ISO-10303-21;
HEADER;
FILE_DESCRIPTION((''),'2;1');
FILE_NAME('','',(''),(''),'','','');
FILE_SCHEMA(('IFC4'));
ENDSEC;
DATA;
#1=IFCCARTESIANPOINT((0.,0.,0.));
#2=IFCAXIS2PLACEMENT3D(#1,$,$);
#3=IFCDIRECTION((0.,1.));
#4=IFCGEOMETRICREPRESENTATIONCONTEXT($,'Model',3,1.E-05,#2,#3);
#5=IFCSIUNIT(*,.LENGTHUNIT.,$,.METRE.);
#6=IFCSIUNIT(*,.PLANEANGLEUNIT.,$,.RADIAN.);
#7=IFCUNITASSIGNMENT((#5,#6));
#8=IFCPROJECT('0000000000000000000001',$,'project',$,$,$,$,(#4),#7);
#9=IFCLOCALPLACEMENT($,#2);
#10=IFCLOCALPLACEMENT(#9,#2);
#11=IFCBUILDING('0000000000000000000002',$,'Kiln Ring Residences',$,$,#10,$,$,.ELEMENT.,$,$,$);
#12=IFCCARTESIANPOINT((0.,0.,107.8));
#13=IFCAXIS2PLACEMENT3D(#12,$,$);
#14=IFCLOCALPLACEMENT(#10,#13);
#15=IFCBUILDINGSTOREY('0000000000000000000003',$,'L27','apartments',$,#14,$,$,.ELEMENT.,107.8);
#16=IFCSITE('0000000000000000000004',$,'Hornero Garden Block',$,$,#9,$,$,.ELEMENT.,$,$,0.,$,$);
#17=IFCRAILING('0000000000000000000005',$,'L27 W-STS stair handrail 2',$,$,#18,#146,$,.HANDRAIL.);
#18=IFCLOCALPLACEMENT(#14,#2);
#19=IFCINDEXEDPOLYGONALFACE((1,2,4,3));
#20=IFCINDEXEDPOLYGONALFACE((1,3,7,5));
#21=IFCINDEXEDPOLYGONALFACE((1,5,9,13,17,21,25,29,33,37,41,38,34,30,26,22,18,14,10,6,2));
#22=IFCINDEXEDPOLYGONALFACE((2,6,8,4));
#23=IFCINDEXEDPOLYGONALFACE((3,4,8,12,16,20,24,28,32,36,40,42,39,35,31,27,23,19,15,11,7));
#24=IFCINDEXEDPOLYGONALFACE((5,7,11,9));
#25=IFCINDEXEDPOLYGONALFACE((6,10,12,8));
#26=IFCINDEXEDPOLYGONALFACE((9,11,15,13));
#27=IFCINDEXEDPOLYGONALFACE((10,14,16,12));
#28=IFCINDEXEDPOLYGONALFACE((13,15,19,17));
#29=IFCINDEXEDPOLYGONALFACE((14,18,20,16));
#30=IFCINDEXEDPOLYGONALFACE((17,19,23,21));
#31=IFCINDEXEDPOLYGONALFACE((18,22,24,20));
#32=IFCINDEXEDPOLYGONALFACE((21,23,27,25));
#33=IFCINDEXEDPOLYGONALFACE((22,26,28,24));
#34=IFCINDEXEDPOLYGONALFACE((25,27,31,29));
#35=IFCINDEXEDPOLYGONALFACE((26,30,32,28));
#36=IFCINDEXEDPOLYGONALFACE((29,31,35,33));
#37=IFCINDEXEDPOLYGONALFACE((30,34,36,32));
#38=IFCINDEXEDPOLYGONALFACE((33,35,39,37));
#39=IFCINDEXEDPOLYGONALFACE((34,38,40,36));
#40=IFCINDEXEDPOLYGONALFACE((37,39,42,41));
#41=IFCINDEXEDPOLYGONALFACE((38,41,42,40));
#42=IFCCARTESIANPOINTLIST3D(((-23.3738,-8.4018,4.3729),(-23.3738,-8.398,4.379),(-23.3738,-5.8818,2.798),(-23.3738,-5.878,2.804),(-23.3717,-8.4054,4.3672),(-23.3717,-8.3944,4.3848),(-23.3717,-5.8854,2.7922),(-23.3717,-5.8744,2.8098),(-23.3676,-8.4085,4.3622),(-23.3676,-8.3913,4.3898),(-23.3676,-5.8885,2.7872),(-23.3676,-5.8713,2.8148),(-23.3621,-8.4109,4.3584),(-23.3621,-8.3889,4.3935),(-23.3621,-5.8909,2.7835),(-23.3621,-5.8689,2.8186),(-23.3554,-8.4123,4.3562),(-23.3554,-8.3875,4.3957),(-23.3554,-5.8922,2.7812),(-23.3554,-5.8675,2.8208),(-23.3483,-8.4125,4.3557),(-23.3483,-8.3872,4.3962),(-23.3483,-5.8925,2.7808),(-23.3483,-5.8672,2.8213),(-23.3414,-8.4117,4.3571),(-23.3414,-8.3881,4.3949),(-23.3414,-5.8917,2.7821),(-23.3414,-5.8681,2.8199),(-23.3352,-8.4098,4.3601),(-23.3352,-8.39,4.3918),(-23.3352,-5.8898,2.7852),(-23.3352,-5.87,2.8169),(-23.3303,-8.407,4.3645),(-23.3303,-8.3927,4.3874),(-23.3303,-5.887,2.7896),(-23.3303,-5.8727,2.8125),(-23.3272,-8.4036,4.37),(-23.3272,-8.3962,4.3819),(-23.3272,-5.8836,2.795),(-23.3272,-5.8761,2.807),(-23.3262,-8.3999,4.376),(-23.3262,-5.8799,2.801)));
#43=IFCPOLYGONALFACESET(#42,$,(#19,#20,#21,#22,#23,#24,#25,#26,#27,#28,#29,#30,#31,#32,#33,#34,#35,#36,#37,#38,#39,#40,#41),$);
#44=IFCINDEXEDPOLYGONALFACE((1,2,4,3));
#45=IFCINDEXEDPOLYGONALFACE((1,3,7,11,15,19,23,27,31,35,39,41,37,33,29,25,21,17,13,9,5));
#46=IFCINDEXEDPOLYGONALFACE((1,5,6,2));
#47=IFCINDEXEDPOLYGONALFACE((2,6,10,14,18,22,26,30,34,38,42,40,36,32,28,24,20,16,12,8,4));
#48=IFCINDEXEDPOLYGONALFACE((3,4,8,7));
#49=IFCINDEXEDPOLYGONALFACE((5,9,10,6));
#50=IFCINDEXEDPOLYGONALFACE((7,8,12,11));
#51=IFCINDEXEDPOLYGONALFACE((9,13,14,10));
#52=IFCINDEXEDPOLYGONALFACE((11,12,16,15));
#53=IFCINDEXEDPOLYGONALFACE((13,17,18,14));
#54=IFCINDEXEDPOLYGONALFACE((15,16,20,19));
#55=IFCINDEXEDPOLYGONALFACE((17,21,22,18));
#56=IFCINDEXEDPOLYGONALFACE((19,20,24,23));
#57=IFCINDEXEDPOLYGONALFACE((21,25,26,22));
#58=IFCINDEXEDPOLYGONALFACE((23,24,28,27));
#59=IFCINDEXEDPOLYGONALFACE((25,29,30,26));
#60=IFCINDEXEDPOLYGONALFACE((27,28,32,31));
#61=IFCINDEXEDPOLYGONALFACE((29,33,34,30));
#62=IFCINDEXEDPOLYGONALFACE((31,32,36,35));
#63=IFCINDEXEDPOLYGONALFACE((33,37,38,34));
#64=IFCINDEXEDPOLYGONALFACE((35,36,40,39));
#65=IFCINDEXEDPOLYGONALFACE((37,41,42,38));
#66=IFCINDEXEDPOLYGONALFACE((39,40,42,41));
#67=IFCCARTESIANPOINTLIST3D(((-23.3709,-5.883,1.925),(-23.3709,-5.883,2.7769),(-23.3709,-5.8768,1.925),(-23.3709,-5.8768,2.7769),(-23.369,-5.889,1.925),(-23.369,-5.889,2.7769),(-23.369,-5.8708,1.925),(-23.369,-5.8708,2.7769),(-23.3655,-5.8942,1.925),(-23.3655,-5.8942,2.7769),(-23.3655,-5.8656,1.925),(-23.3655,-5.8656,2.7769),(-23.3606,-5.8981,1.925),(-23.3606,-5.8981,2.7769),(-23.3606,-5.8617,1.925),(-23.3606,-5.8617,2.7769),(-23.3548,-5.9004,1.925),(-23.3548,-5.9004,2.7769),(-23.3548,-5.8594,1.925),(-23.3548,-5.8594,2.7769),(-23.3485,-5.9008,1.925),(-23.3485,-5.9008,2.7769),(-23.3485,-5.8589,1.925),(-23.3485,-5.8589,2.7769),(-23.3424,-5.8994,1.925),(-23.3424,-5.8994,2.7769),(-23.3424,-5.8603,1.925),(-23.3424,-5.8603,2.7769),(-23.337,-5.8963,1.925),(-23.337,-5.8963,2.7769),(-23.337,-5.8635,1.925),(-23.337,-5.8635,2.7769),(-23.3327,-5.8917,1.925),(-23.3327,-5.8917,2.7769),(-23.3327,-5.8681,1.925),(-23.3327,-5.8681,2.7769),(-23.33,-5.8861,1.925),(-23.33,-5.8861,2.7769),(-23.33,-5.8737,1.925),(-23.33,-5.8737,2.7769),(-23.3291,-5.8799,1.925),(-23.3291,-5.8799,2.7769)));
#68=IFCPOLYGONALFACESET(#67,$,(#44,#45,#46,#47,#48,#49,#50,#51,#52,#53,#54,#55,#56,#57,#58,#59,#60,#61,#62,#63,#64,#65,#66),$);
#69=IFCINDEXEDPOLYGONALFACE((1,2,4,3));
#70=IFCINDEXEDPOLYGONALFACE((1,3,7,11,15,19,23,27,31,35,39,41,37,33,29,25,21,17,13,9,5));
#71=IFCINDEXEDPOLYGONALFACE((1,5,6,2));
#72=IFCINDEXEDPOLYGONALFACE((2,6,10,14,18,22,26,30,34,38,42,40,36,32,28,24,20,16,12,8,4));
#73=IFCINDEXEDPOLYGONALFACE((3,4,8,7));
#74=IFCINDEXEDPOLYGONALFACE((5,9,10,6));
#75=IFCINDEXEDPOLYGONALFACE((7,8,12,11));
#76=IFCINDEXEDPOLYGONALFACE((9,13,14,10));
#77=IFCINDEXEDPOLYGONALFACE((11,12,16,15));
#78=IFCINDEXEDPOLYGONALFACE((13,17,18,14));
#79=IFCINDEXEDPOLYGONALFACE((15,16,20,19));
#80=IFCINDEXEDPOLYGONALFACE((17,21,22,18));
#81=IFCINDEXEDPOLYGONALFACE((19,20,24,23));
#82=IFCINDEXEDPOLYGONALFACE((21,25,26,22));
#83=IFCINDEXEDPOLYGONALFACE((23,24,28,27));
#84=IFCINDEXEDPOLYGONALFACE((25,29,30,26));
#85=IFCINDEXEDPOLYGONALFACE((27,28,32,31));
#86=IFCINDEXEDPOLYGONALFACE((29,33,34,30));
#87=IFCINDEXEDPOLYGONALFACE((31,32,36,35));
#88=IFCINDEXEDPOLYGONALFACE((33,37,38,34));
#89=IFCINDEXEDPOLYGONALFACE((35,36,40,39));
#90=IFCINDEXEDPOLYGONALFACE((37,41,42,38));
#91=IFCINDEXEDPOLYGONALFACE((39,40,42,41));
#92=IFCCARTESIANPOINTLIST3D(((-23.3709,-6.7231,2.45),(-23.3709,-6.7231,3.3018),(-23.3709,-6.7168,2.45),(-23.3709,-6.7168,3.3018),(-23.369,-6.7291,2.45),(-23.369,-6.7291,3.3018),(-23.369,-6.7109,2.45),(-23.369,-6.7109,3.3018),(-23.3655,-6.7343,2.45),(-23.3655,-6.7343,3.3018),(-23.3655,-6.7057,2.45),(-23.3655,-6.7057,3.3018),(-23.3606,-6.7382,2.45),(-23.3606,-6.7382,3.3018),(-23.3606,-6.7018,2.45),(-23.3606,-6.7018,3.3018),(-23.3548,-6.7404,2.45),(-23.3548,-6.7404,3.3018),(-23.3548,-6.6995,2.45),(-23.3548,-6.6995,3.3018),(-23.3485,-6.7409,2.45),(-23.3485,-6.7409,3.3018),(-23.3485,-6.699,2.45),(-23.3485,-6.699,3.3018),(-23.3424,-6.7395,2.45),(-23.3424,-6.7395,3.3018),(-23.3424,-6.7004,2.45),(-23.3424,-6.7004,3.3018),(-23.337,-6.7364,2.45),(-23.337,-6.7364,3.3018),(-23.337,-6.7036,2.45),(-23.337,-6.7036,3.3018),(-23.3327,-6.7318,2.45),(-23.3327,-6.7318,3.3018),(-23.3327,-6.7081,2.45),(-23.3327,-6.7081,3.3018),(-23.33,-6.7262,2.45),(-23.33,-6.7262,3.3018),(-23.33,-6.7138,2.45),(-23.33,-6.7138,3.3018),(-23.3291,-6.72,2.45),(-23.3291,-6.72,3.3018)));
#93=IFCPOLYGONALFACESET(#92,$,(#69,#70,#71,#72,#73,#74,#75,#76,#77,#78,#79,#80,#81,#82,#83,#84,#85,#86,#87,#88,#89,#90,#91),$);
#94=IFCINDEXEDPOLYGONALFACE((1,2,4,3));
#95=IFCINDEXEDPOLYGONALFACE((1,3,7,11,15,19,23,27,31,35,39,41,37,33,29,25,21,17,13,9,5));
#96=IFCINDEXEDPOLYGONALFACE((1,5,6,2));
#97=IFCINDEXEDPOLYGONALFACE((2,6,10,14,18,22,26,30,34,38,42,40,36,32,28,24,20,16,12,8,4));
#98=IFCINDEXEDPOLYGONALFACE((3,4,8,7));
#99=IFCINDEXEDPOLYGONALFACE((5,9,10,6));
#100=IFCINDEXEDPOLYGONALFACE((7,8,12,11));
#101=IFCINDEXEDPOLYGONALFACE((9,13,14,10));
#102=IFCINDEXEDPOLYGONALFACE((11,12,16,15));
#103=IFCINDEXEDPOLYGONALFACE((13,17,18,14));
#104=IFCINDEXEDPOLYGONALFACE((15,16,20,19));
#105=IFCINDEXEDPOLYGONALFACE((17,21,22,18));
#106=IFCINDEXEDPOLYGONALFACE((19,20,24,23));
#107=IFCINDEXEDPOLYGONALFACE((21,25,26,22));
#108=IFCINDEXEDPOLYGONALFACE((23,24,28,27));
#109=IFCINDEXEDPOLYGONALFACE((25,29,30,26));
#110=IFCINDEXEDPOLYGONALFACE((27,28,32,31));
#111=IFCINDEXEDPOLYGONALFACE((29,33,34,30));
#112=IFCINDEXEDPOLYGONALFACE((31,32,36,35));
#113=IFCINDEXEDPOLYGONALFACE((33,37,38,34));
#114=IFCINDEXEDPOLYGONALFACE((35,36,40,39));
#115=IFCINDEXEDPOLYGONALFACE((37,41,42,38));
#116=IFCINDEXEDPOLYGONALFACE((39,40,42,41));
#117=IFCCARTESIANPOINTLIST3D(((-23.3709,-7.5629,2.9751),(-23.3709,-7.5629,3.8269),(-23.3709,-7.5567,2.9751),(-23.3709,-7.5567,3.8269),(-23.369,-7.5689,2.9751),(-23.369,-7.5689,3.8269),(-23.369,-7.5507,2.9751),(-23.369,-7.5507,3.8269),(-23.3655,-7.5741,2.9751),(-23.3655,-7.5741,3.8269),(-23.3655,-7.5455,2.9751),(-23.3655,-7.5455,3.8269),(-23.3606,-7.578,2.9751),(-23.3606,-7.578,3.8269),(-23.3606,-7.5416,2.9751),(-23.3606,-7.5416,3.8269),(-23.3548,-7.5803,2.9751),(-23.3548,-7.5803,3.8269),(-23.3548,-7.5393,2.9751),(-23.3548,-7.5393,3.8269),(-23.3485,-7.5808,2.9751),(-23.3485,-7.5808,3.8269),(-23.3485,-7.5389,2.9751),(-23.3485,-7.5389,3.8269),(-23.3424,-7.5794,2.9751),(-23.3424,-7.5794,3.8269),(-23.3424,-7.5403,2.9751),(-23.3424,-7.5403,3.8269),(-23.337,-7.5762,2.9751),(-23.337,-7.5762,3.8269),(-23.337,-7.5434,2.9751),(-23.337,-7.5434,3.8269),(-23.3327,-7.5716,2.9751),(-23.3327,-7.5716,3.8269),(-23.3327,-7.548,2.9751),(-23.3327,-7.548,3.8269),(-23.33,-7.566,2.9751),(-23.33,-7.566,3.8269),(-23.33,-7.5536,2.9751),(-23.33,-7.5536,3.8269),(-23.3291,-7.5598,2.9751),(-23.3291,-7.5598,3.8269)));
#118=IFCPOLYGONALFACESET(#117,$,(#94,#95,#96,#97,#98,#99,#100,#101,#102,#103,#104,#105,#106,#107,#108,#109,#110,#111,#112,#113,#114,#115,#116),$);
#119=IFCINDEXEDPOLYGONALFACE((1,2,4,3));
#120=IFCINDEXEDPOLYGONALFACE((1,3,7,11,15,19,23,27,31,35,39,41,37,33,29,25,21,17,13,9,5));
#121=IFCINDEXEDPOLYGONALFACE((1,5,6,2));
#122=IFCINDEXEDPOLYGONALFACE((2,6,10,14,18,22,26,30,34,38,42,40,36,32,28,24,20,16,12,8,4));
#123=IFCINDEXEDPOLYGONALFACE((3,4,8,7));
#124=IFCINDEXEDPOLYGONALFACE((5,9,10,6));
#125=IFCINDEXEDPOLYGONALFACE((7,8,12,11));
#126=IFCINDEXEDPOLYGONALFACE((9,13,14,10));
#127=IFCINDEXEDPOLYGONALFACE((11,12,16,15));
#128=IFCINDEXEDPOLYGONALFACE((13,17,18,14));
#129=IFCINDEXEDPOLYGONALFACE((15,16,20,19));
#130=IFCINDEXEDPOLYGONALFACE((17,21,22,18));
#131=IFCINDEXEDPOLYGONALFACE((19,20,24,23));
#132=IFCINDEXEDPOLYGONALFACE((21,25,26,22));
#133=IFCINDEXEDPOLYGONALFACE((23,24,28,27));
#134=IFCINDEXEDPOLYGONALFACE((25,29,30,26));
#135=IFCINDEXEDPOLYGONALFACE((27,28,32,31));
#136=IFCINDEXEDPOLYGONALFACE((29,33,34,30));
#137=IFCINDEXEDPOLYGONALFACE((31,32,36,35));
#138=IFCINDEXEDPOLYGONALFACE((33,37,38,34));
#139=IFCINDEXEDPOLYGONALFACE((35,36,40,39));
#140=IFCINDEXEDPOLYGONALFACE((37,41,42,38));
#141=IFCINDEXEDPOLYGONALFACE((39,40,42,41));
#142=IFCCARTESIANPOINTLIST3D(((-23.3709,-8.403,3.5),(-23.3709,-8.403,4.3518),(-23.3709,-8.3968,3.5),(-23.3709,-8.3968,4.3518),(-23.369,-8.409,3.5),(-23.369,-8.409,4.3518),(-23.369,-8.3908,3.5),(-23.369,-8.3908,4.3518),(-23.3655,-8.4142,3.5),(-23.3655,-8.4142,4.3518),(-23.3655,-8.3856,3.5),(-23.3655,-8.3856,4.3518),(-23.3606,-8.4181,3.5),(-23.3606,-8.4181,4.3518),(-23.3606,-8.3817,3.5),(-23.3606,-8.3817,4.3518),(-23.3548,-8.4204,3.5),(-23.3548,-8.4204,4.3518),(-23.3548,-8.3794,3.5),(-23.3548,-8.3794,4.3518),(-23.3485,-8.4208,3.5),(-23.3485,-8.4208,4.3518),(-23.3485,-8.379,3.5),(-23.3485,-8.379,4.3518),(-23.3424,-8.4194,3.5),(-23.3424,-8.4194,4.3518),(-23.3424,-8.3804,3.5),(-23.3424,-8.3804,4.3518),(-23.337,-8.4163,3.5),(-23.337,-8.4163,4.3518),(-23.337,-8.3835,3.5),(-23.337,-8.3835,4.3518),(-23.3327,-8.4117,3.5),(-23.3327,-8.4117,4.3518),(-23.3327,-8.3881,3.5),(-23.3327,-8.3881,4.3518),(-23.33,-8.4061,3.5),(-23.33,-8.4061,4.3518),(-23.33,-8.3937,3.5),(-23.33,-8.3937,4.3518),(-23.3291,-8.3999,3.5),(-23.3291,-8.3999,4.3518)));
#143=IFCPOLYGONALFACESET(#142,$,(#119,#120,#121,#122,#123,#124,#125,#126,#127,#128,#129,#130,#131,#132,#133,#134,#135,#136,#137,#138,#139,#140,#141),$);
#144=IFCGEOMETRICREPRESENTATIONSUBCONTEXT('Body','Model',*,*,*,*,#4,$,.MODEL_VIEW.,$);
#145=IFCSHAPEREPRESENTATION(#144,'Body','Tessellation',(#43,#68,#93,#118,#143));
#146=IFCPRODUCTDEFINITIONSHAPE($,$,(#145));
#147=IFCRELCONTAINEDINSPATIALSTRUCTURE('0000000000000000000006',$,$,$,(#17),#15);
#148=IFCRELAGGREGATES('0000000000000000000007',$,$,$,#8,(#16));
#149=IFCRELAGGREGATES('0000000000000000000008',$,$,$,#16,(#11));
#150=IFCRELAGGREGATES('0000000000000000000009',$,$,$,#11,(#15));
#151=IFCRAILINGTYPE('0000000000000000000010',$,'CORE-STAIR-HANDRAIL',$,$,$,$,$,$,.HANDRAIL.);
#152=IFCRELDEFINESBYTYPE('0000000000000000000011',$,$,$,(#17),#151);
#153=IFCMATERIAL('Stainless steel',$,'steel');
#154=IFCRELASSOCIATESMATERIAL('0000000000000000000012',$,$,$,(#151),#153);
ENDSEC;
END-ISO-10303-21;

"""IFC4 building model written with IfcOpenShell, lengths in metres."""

from ifc_helpers import new_model, si_unit, direction, frame, origin, origin_2d, place, context, subcontext, project, spatial, circle, extrude, material, type_object, element, save


model = new_model("IFC4")

# Units and contexts
model_context = context("Model", 3, precision=1e-05, world=origin(), true_north=direction((0.0, 1.0)))
body_context = subcontext(model_context, "Body", "Model", "MODEL_VIEW")
ifc_project = project(units=[si_unit("LENGTHUNIT", "METRE"), si_unit("PLANEANGLEUNIT", "RADIAN")], contexts=[model_context])

# Site, building, storey
site_placement = place(None, origin())
site = spatial("IfcSite", under=ifc_project, at=site_placement, Name="Hornero Garden Block", CompositionType="ELEMENT", RefElevation=0.0)
building_placement = place(site_placement, origin())
building = spatial("IfcBuilding", under=site, at=building_placement, Name="Kiln Ring Residences", CompositionType="ELEMENT")
storey_placement = place(building_placement, frame((0.0, 0.0, 107.8)))
storey = spatial("IfcBuildingStorey", under=building, at=storey_placement, Name="L27", Description="apartments", CompositionType="ELEMENT", Elevation=107.8)

# Railing
ifc_material_1 = material(Name="Stainless steel", Category="steel")
railing_type_1 = type_object("IfcRailingType", Name="CORE-STAIR-HANDRAIL", PredefinedType="HANDRAIL", material=ifc_material_1)
railing_1_placement = place(storey_placement, frame((-23.3501, -5.8799, 1.925)))
element("IfcRailing", 1, at=railing_1_placement, inside=storey, type_object=railing_type_1, Name="L27 W-STS stair handrail 2", PredefinedType="HANDRAIL", context=body_context, shape_type="SweptSolid", body=[
    extrude(circle(Radius=0.0239, at=origin_2d()), frame((0.0, 0.0, 0.876), z_axis=(0.0, -0.848008, 0.529984), x_axis=(1.0, 0.0, 0.0)), (0.0, 0.0, 1.0), 2.9717),
    extrude(circle(Radius=0.021, at=origin_2d()), origin(), (0.0, 0.0, 1.0), 0.8518),
    extrude(circle(Radius=0.021, at=origin_2d()), frame((0.0, -0.8401, 0.5249)), (0.0, 0.0, 1.0), 0.8518),
    extrude(circle(Radius=0.021, at=origin_2d()), frame((0.0, -1.6799, 1.05)), (0.0, 0.0, 1.0), 0.8518),
    extrude(circle(Radius=0.021, at=origin_2d()), frame((0.0, -2.52, 1.575)), (0.0, 0.0, 1.0), 0.8518),
])

save(model, "model.ifc")
